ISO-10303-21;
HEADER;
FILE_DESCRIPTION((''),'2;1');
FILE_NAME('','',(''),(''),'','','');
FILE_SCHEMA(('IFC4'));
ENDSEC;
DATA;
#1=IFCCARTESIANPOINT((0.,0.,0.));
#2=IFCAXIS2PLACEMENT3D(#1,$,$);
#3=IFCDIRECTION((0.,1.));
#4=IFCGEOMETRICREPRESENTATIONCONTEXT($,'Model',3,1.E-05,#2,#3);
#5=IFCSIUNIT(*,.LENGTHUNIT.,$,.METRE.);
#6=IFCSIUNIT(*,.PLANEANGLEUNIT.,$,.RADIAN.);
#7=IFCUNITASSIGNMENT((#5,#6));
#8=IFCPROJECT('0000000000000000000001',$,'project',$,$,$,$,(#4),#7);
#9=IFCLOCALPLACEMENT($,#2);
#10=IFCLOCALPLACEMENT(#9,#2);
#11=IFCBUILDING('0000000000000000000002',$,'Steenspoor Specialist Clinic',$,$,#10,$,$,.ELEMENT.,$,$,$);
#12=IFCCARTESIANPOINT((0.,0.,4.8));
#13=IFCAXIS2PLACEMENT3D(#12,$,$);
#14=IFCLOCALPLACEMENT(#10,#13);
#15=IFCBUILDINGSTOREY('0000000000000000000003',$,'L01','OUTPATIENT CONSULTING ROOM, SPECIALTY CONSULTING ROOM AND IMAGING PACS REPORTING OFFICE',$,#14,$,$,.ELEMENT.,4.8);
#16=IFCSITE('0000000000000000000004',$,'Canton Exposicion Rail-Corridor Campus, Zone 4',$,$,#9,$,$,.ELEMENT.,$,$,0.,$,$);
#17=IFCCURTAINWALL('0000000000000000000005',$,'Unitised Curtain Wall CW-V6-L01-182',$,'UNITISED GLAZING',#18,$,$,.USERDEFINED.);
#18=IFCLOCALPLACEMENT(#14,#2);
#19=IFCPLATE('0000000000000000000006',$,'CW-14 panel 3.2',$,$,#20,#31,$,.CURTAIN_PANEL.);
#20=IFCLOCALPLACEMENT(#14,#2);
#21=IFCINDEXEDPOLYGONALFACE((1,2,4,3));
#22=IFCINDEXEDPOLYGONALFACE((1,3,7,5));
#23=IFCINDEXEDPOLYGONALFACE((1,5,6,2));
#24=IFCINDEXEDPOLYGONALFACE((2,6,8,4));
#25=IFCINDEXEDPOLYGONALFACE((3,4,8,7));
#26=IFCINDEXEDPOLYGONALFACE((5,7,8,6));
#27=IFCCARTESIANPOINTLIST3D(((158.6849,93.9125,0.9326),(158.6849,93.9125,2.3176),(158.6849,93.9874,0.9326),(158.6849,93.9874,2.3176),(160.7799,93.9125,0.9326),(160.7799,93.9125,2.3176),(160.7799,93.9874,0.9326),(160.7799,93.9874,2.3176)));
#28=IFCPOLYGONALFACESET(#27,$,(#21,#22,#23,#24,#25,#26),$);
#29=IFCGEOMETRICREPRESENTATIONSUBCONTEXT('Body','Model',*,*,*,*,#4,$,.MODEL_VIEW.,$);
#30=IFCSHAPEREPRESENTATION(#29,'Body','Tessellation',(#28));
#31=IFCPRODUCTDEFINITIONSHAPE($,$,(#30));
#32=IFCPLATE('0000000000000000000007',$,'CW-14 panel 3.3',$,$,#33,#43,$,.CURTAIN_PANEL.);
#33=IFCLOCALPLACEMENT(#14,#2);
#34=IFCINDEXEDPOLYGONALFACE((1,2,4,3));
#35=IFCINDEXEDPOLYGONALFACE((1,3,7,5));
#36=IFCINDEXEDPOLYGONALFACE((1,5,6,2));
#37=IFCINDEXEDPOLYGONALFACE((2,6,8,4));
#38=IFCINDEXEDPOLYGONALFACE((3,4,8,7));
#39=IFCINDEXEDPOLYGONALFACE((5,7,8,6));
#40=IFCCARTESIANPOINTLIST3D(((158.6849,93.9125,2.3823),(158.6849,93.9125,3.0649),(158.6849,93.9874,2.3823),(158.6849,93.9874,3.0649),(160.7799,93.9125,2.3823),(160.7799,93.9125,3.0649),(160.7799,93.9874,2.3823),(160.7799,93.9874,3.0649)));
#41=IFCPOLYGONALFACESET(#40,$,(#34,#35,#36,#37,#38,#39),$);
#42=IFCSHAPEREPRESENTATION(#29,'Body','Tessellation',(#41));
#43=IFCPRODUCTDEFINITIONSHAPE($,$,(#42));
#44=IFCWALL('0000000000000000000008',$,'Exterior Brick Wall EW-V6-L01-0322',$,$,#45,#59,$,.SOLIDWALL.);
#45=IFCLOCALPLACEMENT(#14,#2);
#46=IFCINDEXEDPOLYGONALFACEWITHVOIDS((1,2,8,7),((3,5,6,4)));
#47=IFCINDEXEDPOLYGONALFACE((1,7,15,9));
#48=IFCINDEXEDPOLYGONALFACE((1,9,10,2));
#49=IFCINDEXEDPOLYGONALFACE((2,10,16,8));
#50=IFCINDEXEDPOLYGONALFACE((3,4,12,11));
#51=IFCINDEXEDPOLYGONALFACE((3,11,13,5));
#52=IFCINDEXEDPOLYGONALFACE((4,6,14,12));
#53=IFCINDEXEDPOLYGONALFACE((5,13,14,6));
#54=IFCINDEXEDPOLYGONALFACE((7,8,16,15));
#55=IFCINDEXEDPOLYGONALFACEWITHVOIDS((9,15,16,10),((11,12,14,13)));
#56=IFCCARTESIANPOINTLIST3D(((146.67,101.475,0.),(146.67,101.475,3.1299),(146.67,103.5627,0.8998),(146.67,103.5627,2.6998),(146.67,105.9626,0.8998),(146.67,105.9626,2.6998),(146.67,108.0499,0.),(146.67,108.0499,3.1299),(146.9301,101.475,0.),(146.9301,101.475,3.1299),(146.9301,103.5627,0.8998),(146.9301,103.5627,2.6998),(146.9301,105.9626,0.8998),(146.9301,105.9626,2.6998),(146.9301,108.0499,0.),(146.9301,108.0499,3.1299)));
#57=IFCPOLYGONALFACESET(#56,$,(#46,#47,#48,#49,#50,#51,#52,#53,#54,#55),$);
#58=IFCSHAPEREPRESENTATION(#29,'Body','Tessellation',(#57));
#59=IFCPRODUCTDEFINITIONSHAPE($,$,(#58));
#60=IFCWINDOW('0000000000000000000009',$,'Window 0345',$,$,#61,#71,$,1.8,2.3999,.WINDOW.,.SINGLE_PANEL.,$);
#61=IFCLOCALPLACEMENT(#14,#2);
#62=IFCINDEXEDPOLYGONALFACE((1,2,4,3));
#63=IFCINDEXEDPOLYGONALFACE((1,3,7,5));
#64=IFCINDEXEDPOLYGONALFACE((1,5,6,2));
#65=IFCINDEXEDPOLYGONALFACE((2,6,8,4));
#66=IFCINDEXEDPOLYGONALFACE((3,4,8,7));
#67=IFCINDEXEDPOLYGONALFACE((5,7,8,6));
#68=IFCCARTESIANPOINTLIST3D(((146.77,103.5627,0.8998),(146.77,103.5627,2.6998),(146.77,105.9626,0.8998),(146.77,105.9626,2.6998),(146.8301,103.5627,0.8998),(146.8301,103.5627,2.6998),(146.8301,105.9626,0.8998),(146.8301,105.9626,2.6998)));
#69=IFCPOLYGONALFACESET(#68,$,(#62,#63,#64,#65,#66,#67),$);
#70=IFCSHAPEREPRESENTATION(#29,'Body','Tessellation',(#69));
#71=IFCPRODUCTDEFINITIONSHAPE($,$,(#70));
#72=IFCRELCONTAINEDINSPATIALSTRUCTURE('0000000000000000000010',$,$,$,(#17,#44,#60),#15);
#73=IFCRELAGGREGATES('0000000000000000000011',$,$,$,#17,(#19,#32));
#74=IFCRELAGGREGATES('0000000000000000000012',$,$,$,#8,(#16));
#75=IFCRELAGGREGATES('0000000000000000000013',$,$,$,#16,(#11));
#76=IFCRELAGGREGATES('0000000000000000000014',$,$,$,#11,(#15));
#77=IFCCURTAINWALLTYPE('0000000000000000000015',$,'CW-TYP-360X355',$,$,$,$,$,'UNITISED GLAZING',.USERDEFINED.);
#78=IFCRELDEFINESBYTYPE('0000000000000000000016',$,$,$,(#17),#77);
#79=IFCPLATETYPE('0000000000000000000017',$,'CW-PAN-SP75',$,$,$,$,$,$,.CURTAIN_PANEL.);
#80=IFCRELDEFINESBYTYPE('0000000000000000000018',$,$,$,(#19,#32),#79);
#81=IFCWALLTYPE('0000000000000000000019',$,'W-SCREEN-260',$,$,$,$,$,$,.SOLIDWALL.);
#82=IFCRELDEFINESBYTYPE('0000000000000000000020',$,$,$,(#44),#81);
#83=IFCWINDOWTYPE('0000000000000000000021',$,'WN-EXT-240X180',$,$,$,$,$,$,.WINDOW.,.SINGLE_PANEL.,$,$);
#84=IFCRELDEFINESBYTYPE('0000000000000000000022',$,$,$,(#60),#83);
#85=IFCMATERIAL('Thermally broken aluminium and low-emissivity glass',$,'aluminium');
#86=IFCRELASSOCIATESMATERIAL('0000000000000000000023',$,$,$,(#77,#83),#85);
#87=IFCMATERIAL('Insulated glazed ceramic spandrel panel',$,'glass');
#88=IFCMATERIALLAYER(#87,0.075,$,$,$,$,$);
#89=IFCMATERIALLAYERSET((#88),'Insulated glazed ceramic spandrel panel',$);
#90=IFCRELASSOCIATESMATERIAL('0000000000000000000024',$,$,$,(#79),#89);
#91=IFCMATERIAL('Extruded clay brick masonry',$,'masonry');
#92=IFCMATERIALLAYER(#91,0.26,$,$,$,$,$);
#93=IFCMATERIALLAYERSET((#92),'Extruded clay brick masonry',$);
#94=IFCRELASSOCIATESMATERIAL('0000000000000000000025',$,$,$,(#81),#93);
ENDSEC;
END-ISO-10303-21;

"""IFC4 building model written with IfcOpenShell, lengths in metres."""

from ifc_helpers import new_model, si_unit, direction, frame, frame_2d, origin, origin_2d, place, context, subcontext, project, spatial, rectangle, extrude, material, layer, layer_set, type_object, element, fill, aggregate, save


model = new_model("IFC4")

# Units and contexts
model_context = context("Model", 3, precision=1e-05, world=origin(), true_north=direction((0.0, 1.0)))
body_context = subcontext(model_context, "Body", "Model", "MODEL_VIEW")
ifc_project = project(units=[si_unit("LENGTHUNIT", "METRE"), si_unit("PLANEANGLEUNIT", "RADIAN")], contexts=[model_context])

# Site, building, storey
site_placement = place(None, origin())
site = spatial("IfcSite", under=ifc_project, at=site_placement, Name="Canton Exposicion Rail-Corridor Campus, Zone 4", CompositionType="ELEMENT", RefElevation=0.0)
building_placement = place(site_placement, origin())
building = spatial("IfcBuilding", under=site, at=building_placement, Name="Steenspoor Specialist Clinic", CompositionType="ELEMENT")
storey_placement = place(building_placement, frame((0.0, 0.0, 4.8)))
storey = spatial("IfcBuildingStorey", under=building, at=storey_placement, Name="L01", Description="OUTPATIENT CONSULTING ROOM, SPECIALTY CONSULTING ROOM AND IMAGING PACS REPORTING OFFICE", CompositionType="ELEMENT", Elevation=4.8)

# Curtain wall
ifc_material_1 = material(Name="Thermally broken aluminium and low-emissivity glass", Category="aluminium")
curtain_wall_type_1 = type_object("IfcCurtainWallType", Name="CW-TYP-360X355", ElementType="UNITISED GLAZING", PredefinedType="USERDEFINED", material=ifc_material_1)
curtain_wall_1_placement = place(storey_placement, origin())
curtain_wall_1 = element("IfcCurtainWall", 1, at=curtain_wall_1_placement, inside=storey, type_object=curtain_wall_type_1, Name="Unitised Curtain Wall CW-V6-L01-182", ObjectType="UNITISED GLAZING", PredefinedType="USERDEFINED")

# Plates
ifc_material_2 = material(Name="Insulated glazed ceramic spandrel panel", Category="glass")
ifc_layer_1 = layer(ifc_material_2, 0.075)
ifc_layer_set_1 = layer_set([ifc_layer_1], Name="Insulated glazed ceramic spandrel panel")
plate_type_1 = type_object("IfcPlateType", Name="CW-PAN-SP75", PredefinedType="CURTAIN_PANEL", material=ifc_layer_set_1)
plate_1_placement = place(storey_placement, frame((159.7324, 93.95, 0.9326), z_axis=(0.0, 0.0, 1.0), x_axis=(1.0, 0.0, 0.0)))
plate_1 = element("IfcPlate", 2, at=plate_1_placement, type_object=plate_type_1, Name="CW-14 panel 3.2", PredefinedType="CURTAIN_PANEL", context=body_context, shape_type="SweptSolid", body=[
    extrude(rectangle(XDim=2.095, YDim=0.075, at=origin_2d()), origin(), (0.0, 0.0, 1.0), 1.385),
])
plate_2_placement = place(storey_placement, frame((159.7324, 93.95, 2.3823), z_axis=(0.0, 0.0, 1.0), x_axis=(1.0, 0.0, 0.0)))
plate_2 = element("IfcPlate", 3, at=plate_2_placement, type_object=plate_type_1, Name="CW-14 panel 3.3", PredefinedType="CURTAIN_PANEL", context=body_context, shape_type="SweptSolid", body=[
    extrude(rectangle(XDim=2.095, YDim=0.075, at=origin_2d()), origin(), (0.0, 0.0, 1.0), 0.6826),
])
aggregate(curtain_wall_1, [plate_1, plate_2])

# Wall, opening, window
ifc_material_3 = material(Name="Extruded clay brick masonry", Category="masonry")
ifc_layer_2 = layer(ifc_material_3, 0.26)
ifc_layer_set_2 = layer_set([ifc_layer_2], Name="Extruded clay brick masonry")
wall_type = type_object("IfcWallType", Name="W-SCREEN-260", PredefinedType="SOLIDWALL", material=ifc_layer_set_2)
wall_placement = place(storey_placement, frame((146.8, 108.05, 0.0), z_axis=(0.0, 0.0, 1.0), x_axis=(0.0, -1.0, 0.0)))
wall = element("IfcWall", 4, at=wall_placement, inside=storey, type_object=wall_type, Name="Exterior Brick Wall EW-V6-L01-0322", PredefinedType="SOLIDWALL", context=body_context, shape_type="SweptSolid", body=[
    extrude(rectangle(XDim=6.575, YDim=0.26, at=frame_2d((3.2876, 0.0))), origin(), (0.0, 0.0, 1.0), 3.1299),
])
opening_placement = place(wall_placement, frame((2.0874, 0.0, 0.8999)))
opening = element("IfcOpeningElement", 5, at=opening_placement, cuts=wall, PredefinedType="OPENING", context=body_context, shape_type="SweptSolid", body=[
    extrude(rectangle(XDim=2.3999, YDim=1.8, at=frame_2d((1.2, 0.8999))), frame((0.0, 0.1401, 0.0), z_axis=(0.0, -1.0, 0.0), x_axis=(1.0, 0.0, 0.0)), (0.0, 0.0, 1.0), 0.28),
])
window_type = type_object("IfcWindowType", Name="WN-EXT-240X180", PartitioningType="SINGLE_PANEL", PredefinedType="WINDOW", material=ifc_material_1)
window_placement = place(opening_placement, origin())
window = element("IfcWindow", 6, at=window_placement, inside=storey, type_object=window_type, Name="Window 0345", OverallHeight=1.8, OverallWidth=2.3999, PartitioningType="SINGLE_PANEL", PredefinedType="WINDOW", context=body_context, shape_type="SweptSolid", body=[
    extrude(rectangle(XDim=2.3999, YDim=1.8, at=frame_2d((1.2, 0.8999))), frame((0.0, 0.03, 0.0), z_axis=(0.0, -1.0, 0.0), x_axis=(1.0, 0.0, 0.0)), (0.0, 0.0, 1.0), 0.0601),
])
fill(opening, window)

save(model, "model.ifc")
